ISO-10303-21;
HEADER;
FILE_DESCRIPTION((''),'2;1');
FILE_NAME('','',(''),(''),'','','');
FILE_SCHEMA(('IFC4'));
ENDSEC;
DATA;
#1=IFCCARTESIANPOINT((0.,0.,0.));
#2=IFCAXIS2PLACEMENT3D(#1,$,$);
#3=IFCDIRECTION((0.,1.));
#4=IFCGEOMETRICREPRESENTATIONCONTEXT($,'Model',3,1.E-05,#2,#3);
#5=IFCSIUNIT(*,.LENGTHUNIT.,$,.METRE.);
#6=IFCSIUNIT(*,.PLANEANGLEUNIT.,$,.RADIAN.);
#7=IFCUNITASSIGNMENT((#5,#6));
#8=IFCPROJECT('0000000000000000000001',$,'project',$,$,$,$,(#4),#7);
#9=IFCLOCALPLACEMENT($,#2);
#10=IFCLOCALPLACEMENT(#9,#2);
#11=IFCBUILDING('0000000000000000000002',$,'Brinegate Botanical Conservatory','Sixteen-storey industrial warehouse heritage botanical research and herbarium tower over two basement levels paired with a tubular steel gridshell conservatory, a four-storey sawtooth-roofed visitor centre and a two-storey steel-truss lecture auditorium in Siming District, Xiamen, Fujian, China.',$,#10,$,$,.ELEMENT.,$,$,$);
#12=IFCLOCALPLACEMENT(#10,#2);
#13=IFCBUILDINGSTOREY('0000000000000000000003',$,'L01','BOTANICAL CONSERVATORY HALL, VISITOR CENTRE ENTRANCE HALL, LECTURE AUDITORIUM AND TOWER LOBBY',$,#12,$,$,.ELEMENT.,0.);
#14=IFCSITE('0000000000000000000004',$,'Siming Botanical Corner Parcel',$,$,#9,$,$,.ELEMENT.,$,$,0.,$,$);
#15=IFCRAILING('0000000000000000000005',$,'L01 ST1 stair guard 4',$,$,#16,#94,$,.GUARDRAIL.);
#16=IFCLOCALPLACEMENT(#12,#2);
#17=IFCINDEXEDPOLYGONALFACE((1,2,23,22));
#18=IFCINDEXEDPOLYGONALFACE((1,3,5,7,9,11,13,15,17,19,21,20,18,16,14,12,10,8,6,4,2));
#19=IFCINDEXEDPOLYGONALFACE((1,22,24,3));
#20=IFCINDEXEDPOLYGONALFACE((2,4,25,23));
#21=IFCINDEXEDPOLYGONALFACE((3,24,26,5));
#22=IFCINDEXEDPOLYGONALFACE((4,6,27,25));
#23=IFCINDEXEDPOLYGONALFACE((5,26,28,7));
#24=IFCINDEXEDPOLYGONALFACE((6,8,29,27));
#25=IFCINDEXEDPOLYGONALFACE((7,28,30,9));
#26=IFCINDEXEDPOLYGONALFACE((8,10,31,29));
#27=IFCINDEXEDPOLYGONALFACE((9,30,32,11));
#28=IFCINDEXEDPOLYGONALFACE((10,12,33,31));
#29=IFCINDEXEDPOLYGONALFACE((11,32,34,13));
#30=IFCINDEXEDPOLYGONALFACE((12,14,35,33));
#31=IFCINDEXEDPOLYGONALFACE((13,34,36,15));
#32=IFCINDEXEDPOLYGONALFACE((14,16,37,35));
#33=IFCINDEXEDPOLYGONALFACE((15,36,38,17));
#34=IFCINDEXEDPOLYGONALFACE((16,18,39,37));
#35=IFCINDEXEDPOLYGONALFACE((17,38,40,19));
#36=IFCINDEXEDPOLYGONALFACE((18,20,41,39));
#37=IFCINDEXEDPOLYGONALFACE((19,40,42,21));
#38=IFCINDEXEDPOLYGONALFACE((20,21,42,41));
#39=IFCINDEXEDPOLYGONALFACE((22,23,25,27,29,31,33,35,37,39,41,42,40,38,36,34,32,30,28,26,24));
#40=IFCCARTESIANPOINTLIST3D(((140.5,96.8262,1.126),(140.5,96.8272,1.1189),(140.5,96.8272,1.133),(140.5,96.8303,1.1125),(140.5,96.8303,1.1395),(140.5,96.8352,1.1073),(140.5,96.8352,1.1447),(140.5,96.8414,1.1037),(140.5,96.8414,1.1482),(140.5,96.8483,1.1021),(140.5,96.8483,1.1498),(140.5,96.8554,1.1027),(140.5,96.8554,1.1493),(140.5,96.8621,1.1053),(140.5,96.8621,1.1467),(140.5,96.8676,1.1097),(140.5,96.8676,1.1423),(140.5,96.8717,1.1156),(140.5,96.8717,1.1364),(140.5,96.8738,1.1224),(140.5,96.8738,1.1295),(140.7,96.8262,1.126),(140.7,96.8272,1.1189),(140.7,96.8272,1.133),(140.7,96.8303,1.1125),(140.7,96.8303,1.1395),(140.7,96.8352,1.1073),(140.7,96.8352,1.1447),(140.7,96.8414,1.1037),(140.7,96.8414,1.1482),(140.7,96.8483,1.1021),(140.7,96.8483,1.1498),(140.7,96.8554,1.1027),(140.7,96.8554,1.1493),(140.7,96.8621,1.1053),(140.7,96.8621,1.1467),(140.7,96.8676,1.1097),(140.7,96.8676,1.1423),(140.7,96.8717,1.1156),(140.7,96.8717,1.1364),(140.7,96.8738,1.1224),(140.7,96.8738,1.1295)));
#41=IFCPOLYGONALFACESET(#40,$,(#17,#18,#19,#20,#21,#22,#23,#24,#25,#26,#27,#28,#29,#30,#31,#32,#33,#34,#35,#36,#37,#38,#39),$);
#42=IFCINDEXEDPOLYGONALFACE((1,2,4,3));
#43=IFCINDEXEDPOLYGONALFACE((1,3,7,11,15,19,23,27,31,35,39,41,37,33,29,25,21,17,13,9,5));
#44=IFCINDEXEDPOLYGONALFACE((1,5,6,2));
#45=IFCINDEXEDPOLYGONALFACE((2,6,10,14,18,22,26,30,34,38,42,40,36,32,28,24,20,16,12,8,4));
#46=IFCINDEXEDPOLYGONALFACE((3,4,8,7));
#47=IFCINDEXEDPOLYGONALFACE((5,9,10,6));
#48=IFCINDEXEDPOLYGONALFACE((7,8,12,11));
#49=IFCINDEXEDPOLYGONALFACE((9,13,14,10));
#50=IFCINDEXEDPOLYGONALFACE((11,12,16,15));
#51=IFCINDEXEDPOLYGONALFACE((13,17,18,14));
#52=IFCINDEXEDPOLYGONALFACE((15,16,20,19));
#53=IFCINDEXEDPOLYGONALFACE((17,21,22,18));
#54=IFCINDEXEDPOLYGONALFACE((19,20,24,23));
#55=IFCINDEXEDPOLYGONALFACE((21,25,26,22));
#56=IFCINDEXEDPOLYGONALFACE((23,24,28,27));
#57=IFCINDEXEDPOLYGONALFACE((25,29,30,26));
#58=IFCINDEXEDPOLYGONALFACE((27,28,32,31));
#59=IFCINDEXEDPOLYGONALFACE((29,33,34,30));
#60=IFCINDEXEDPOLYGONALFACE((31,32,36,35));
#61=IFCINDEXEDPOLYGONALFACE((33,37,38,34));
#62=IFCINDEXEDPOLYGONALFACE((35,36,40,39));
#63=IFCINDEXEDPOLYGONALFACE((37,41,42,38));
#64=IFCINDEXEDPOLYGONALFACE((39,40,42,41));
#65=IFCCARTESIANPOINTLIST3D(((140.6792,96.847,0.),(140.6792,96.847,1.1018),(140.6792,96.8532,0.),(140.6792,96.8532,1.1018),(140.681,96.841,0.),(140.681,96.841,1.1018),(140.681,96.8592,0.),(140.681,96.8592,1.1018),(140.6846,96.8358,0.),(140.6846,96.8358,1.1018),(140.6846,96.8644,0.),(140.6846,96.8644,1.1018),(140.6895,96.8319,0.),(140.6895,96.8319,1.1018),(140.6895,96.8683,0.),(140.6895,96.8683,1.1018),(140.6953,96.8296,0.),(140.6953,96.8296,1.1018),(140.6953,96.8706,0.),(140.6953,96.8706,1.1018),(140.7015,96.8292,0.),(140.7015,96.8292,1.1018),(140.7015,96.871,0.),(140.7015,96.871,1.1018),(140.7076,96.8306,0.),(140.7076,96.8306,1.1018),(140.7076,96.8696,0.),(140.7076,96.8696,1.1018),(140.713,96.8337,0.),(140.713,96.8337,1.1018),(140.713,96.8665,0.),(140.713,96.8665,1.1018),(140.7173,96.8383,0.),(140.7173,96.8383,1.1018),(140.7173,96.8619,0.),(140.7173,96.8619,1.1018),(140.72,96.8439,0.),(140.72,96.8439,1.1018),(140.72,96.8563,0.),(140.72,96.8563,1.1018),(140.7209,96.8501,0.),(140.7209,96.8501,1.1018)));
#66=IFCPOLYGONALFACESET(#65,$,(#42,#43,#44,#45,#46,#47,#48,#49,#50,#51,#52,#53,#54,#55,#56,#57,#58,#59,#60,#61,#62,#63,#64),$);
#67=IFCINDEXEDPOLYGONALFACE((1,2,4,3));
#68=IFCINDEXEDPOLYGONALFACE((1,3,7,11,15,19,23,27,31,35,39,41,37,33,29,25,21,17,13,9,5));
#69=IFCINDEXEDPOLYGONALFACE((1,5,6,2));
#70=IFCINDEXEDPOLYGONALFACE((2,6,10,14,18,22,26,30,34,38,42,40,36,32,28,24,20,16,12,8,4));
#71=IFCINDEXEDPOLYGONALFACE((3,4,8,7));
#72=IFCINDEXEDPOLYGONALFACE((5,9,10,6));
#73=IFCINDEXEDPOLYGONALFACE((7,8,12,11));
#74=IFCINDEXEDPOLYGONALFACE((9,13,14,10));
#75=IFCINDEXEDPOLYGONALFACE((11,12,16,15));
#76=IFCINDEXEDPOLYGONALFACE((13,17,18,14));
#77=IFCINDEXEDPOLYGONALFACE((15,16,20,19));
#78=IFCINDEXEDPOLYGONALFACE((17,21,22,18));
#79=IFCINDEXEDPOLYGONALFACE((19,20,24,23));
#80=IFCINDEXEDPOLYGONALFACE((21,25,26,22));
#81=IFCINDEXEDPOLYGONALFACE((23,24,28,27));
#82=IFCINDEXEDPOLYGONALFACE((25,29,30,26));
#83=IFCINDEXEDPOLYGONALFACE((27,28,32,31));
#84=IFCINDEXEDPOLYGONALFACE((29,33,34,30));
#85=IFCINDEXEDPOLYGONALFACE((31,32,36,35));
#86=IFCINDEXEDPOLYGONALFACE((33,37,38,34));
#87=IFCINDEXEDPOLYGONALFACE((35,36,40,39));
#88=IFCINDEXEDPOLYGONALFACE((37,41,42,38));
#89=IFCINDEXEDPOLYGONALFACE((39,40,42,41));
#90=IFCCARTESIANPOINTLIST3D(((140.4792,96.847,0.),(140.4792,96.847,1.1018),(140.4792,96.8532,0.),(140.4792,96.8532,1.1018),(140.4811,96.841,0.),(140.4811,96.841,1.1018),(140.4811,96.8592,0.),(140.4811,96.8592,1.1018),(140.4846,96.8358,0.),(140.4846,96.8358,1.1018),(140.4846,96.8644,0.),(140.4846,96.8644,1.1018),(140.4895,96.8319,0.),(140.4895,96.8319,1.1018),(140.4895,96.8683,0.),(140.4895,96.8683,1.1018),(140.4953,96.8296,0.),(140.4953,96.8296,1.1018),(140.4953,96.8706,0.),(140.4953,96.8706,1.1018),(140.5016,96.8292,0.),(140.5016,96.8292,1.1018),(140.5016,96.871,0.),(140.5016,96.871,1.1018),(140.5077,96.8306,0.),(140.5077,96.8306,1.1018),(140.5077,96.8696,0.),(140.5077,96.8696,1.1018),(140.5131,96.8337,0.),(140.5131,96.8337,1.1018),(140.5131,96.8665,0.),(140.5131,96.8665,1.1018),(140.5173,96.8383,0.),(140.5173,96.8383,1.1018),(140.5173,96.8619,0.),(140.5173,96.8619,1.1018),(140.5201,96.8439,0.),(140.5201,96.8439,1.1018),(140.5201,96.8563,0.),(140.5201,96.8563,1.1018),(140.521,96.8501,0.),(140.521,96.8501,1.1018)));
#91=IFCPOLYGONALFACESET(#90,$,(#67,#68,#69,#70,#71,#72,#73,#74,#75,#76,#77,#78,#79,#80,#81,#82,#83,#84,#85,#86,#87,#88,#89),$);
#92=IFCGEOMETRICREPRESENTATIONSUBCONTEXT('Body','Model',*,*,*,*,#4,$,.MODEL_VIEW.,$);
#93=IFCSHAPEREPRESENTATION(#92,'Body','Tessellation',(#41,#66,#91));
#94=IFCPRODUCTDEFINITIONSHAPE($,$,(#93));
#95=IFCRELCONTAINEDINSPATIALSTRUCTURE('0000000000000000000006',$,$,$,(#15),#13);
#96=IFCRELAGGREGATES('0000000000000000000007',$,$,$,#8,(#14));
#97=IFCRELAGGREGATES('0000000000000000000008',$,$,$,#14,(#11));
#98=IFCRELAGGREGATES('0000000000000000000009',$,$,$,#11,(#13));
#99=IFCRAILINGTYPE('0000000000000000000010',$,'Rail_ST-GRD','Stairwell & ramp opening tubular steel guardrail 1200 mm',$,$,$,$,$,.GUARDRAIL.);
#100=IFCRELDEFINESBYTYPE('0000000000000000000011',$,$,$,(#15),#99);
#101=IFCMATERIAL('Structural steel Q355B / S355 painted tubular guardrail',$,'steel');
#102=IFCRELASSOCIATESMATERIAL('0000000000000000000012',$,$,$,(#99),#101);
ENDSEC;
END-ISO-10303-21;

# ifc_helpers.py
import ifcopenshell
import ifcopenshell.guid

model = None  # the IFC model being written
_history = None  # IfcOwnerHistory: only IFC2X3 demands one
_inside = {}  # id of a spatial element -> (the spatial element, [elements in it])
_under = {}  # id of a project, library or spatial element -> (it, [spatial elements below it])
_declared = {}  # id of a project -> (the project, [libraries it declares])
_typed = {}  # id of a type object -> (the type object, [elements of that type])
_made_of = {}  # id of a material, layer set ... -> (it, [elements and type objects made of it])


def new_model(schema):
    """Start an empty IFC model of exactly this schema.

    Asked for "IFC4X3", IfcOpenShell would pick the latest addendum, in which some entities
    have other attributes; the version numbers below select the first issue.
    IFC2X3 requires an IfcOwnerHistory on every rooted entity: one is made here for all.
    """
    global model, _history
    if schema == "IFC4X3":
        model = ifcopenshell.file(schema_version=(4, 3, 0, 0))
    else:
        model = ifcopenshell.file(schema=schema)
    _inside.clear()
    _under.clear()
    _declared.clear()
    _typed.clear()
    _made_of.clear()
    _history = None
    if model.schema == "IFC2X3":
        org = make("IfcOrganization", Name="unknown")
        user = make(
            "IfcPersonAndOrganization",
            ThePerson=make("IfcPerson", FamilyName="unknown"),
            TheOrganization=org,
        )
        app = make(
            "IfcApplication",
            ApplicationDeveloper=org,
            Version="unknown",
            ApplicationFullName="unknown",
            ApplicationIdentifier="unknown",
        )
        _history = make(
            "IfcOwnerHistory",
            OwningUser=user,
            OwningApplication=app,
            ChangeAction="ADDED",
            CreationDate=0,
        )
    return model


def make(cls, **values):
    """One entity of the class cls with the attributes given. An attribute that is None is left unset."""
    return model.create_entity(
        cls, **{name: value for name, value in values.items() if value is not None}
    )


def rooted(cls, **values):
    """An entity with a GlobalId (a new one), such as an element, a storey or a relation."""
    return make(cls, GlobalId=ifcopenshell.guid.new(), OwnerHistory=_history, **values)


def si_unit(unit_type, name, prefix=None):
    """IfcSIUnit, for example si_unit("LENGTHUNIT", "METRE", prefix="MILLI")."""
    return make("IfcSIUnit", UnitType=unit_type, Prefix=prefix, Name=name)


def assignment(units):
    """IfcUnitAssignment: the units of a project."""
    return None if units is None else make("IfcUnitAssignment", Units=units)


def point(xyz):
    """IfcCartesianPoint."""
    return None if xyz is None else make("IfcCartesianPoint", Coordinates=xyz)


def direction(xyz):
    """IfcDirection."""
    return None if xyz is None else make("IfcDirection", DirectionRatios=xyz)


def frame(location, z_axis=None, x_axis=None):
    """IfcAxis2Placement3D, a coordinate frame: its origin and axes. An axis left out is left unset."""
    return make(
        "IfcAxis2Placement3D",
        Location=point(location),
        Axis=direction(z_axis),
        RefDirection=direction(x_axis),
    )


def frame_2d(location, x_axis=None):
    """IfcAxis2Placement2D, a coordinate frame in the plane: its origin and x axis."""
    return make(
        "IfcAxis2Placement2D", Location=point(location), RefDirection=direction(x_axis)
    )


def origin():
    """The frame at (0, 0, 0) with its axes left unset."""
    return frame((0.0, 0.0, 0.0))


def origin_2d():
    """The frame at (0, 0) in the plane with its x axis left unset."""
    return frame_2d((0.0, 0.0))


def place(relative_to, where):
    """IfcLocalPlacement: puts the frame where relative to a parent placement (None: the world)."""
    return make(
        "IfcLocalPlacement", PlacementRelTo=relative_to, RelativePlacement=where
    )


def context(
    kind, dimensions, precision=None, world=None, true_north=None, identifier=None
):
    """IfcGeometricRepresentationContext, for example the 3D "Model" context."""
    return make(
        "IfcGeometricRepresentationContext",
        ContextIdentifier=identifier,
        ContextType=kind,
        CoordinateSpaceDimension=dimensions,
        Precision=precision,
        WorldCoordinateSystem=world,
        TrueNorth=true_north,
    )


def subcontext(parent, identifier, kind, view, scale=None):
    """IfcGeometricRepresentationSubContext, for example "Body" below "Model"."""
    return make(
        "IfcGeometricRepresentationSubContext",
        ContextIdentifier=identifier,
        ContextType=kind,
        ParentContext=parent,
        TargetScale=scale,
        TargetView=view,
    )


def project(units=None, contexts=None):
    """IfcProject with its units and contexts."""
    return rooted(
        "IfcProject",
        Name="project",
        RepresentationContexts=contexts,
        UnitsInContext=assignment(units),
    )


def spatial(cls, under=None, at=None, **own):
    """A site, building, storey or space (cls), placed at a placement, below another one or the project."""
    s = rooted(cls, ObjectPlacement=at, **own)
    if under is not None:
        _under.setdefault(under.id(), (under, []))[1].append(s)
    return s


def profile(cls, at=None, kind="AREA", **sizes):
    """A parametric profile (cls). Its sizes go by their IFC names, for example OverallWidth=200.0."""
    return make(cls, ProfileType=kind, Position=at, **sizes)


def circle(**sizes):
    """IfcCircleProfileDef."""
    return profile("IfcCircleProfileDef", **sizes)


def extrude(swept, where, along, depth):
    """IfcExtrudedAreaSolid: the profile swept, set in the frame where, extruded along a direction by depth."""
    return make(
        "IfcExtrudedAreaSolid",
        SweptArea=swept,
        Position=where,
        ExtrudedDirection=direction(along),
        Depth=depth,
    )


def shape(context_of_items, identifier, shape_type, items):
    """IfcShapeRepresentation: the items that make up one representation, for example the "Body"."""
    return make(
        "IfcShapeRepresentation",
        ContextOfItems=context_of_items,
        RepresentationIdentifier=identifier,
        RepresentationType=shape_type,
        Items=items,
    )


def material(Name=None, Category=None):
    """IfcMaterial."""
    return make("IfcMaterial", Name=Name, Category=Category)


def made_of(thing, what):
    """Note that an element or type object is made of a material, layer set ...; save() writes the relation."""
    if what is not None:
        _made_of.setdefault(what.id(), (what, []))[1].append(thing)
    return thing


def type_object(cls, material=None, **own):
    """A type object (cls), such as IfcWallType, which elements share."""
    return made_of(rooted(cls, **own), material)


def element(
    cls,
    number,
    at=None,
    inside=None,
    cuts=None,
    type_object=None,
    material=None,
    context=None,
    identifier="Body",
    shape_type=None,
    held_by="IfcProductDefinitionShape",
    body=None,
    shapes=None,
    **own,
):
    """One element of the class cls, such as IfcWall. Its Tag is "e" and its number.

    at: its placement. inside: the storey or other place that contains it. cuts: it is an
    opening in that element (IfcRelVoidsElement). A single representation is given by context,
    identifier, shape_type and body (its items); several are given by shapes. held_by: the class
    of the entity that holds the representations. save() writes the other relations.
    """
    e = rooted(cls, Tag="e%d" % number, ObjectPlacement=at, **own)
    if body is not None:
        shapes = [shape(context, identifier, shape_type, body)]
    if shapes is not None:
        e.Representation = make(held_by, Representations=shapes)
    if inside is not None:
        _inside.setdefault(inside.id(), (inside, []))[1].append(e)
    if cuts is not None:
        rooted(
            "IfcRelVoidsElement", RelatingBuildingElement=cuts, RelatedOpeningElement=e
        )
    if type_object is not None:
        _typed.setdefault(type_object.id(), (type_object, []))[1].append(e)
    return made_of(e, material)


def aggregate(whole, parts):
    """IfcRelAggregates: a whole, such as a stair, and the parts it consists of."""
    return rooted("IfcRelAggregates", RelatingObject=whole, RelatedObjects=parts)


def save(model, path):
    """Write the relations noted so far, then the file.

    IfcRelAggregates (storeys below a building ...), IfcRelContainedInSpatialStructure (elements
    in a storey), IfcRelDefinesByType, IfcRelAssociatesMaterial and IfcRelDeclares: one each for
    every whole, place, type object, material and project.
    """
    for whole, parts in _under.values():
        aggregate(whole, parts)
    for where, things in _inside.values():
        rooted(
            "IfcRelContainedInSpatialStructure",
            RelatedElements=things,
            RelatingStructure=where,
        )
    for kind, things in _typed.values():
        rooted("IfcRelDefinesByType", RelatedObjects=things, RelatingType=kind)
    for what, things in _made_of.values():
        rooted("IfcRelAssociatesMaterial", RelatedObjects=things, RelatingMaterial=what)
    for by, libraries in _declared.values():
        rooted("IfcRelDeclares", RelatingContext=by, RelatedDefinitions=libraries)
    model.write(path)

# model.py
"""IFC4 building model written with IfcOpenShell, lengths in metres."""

from ifc_helpers import new_model, si_unit, direction, frame, origin, origin_2d, place, context, subcontext, project, spatial, circle, extrude, material, type_object, element, save


model = new_model("IFC4")

# Units and contexts
model_context = context("Model", 3, precision=1e-05, world=origin(), true_north=direction((0.0, 1.0)))
body_context = subcontext(model_context, "Body", "Model", "MODEL_VIEW")
ifc_project = project(units=[si_unit("LENGTHUNIT", "METRE"), si_unit("PLANEANGLEUNIT", "RADIAN")], contexts=[model_context])

# Site, building, storey
site_placement = place(None, origin())
site = spatial("IfcSite", under=ifc_project, at=site_placement, Name="Siming Botanical Corner Parcel", CompositionType="ELEMENT", RefElevation=0.0)
building_placement = place(site_placement, origin())
building = spatial("IfcBuilding", under=site, at=building_placement, Name="Brinegate Botanical Conservatory", Description="Sixteen-storey industrial warehouse heritage botanical research and herbarium tower over two basement levels paired with a tubular steel gridshell conservatory, a four-storey sawtooth-roofed visitor centre and a two-storey steel-truss lecture auditorium in Siming District, Xiamen, Fujian, China.", CompositionType="ELEMENT")
storey_placement = place(building_placement, origin())
storey = spatial("IfcBuildingStorey", under=building, at=storey_placement, Name="L01", Description="BOTANICAL CONSERVATORY HALL, VISITOR CENTRE ENTRANCE HALL, LECTURE AUDITORIUM AND TOWER LOBBY", CompositionType="ELEMENT", Elevation=0.0)

# Railing
ifc_material_1 = material(Name="Structural steel Q355B / S355 painted tubular guardrail", Category="steel")
railing_type = type_object("IfcRailingType", Name="Rail_ST-GRD", Description="Stairwell & ramp opening tubular steel guardrail 1200 mm", PredefinedType="GUARDRAIL", material=ifc_material_1)
railing_1_placement = place(storey_placement, frame((140.7, 96.8501, 0.0)))
element("IfcRailing", 1, at=railing_1_placement, inside=storey, type_object=railing_type, Name="L01 ST1 stair guard 4", PredefinedType="GUARDRAIL", context=body_context, shape_type="SweptSolid", body=[
    extrude(circle(Radius=0.0239, at=origin_2d()), frame((0.0, 0.0, 1.126), z_axis=(-1.0, 0.0, 0.0), x_axis=(0.0, -1.0, 0.0)), (0.0, 0.0, 1.0), 0.2),
    extrude(circle(Radius=0.021, at=origin_2d()), origin(), (0.0, 0.0, 1.0), 1.1018),
    extrude(circle(Radius=0.021, at=origin_2d()), frame((-0.2, 0.0, 0.0)), (0.0, 0.0, 1.0), 1.1018),
])

save(model, "model.ifc")
